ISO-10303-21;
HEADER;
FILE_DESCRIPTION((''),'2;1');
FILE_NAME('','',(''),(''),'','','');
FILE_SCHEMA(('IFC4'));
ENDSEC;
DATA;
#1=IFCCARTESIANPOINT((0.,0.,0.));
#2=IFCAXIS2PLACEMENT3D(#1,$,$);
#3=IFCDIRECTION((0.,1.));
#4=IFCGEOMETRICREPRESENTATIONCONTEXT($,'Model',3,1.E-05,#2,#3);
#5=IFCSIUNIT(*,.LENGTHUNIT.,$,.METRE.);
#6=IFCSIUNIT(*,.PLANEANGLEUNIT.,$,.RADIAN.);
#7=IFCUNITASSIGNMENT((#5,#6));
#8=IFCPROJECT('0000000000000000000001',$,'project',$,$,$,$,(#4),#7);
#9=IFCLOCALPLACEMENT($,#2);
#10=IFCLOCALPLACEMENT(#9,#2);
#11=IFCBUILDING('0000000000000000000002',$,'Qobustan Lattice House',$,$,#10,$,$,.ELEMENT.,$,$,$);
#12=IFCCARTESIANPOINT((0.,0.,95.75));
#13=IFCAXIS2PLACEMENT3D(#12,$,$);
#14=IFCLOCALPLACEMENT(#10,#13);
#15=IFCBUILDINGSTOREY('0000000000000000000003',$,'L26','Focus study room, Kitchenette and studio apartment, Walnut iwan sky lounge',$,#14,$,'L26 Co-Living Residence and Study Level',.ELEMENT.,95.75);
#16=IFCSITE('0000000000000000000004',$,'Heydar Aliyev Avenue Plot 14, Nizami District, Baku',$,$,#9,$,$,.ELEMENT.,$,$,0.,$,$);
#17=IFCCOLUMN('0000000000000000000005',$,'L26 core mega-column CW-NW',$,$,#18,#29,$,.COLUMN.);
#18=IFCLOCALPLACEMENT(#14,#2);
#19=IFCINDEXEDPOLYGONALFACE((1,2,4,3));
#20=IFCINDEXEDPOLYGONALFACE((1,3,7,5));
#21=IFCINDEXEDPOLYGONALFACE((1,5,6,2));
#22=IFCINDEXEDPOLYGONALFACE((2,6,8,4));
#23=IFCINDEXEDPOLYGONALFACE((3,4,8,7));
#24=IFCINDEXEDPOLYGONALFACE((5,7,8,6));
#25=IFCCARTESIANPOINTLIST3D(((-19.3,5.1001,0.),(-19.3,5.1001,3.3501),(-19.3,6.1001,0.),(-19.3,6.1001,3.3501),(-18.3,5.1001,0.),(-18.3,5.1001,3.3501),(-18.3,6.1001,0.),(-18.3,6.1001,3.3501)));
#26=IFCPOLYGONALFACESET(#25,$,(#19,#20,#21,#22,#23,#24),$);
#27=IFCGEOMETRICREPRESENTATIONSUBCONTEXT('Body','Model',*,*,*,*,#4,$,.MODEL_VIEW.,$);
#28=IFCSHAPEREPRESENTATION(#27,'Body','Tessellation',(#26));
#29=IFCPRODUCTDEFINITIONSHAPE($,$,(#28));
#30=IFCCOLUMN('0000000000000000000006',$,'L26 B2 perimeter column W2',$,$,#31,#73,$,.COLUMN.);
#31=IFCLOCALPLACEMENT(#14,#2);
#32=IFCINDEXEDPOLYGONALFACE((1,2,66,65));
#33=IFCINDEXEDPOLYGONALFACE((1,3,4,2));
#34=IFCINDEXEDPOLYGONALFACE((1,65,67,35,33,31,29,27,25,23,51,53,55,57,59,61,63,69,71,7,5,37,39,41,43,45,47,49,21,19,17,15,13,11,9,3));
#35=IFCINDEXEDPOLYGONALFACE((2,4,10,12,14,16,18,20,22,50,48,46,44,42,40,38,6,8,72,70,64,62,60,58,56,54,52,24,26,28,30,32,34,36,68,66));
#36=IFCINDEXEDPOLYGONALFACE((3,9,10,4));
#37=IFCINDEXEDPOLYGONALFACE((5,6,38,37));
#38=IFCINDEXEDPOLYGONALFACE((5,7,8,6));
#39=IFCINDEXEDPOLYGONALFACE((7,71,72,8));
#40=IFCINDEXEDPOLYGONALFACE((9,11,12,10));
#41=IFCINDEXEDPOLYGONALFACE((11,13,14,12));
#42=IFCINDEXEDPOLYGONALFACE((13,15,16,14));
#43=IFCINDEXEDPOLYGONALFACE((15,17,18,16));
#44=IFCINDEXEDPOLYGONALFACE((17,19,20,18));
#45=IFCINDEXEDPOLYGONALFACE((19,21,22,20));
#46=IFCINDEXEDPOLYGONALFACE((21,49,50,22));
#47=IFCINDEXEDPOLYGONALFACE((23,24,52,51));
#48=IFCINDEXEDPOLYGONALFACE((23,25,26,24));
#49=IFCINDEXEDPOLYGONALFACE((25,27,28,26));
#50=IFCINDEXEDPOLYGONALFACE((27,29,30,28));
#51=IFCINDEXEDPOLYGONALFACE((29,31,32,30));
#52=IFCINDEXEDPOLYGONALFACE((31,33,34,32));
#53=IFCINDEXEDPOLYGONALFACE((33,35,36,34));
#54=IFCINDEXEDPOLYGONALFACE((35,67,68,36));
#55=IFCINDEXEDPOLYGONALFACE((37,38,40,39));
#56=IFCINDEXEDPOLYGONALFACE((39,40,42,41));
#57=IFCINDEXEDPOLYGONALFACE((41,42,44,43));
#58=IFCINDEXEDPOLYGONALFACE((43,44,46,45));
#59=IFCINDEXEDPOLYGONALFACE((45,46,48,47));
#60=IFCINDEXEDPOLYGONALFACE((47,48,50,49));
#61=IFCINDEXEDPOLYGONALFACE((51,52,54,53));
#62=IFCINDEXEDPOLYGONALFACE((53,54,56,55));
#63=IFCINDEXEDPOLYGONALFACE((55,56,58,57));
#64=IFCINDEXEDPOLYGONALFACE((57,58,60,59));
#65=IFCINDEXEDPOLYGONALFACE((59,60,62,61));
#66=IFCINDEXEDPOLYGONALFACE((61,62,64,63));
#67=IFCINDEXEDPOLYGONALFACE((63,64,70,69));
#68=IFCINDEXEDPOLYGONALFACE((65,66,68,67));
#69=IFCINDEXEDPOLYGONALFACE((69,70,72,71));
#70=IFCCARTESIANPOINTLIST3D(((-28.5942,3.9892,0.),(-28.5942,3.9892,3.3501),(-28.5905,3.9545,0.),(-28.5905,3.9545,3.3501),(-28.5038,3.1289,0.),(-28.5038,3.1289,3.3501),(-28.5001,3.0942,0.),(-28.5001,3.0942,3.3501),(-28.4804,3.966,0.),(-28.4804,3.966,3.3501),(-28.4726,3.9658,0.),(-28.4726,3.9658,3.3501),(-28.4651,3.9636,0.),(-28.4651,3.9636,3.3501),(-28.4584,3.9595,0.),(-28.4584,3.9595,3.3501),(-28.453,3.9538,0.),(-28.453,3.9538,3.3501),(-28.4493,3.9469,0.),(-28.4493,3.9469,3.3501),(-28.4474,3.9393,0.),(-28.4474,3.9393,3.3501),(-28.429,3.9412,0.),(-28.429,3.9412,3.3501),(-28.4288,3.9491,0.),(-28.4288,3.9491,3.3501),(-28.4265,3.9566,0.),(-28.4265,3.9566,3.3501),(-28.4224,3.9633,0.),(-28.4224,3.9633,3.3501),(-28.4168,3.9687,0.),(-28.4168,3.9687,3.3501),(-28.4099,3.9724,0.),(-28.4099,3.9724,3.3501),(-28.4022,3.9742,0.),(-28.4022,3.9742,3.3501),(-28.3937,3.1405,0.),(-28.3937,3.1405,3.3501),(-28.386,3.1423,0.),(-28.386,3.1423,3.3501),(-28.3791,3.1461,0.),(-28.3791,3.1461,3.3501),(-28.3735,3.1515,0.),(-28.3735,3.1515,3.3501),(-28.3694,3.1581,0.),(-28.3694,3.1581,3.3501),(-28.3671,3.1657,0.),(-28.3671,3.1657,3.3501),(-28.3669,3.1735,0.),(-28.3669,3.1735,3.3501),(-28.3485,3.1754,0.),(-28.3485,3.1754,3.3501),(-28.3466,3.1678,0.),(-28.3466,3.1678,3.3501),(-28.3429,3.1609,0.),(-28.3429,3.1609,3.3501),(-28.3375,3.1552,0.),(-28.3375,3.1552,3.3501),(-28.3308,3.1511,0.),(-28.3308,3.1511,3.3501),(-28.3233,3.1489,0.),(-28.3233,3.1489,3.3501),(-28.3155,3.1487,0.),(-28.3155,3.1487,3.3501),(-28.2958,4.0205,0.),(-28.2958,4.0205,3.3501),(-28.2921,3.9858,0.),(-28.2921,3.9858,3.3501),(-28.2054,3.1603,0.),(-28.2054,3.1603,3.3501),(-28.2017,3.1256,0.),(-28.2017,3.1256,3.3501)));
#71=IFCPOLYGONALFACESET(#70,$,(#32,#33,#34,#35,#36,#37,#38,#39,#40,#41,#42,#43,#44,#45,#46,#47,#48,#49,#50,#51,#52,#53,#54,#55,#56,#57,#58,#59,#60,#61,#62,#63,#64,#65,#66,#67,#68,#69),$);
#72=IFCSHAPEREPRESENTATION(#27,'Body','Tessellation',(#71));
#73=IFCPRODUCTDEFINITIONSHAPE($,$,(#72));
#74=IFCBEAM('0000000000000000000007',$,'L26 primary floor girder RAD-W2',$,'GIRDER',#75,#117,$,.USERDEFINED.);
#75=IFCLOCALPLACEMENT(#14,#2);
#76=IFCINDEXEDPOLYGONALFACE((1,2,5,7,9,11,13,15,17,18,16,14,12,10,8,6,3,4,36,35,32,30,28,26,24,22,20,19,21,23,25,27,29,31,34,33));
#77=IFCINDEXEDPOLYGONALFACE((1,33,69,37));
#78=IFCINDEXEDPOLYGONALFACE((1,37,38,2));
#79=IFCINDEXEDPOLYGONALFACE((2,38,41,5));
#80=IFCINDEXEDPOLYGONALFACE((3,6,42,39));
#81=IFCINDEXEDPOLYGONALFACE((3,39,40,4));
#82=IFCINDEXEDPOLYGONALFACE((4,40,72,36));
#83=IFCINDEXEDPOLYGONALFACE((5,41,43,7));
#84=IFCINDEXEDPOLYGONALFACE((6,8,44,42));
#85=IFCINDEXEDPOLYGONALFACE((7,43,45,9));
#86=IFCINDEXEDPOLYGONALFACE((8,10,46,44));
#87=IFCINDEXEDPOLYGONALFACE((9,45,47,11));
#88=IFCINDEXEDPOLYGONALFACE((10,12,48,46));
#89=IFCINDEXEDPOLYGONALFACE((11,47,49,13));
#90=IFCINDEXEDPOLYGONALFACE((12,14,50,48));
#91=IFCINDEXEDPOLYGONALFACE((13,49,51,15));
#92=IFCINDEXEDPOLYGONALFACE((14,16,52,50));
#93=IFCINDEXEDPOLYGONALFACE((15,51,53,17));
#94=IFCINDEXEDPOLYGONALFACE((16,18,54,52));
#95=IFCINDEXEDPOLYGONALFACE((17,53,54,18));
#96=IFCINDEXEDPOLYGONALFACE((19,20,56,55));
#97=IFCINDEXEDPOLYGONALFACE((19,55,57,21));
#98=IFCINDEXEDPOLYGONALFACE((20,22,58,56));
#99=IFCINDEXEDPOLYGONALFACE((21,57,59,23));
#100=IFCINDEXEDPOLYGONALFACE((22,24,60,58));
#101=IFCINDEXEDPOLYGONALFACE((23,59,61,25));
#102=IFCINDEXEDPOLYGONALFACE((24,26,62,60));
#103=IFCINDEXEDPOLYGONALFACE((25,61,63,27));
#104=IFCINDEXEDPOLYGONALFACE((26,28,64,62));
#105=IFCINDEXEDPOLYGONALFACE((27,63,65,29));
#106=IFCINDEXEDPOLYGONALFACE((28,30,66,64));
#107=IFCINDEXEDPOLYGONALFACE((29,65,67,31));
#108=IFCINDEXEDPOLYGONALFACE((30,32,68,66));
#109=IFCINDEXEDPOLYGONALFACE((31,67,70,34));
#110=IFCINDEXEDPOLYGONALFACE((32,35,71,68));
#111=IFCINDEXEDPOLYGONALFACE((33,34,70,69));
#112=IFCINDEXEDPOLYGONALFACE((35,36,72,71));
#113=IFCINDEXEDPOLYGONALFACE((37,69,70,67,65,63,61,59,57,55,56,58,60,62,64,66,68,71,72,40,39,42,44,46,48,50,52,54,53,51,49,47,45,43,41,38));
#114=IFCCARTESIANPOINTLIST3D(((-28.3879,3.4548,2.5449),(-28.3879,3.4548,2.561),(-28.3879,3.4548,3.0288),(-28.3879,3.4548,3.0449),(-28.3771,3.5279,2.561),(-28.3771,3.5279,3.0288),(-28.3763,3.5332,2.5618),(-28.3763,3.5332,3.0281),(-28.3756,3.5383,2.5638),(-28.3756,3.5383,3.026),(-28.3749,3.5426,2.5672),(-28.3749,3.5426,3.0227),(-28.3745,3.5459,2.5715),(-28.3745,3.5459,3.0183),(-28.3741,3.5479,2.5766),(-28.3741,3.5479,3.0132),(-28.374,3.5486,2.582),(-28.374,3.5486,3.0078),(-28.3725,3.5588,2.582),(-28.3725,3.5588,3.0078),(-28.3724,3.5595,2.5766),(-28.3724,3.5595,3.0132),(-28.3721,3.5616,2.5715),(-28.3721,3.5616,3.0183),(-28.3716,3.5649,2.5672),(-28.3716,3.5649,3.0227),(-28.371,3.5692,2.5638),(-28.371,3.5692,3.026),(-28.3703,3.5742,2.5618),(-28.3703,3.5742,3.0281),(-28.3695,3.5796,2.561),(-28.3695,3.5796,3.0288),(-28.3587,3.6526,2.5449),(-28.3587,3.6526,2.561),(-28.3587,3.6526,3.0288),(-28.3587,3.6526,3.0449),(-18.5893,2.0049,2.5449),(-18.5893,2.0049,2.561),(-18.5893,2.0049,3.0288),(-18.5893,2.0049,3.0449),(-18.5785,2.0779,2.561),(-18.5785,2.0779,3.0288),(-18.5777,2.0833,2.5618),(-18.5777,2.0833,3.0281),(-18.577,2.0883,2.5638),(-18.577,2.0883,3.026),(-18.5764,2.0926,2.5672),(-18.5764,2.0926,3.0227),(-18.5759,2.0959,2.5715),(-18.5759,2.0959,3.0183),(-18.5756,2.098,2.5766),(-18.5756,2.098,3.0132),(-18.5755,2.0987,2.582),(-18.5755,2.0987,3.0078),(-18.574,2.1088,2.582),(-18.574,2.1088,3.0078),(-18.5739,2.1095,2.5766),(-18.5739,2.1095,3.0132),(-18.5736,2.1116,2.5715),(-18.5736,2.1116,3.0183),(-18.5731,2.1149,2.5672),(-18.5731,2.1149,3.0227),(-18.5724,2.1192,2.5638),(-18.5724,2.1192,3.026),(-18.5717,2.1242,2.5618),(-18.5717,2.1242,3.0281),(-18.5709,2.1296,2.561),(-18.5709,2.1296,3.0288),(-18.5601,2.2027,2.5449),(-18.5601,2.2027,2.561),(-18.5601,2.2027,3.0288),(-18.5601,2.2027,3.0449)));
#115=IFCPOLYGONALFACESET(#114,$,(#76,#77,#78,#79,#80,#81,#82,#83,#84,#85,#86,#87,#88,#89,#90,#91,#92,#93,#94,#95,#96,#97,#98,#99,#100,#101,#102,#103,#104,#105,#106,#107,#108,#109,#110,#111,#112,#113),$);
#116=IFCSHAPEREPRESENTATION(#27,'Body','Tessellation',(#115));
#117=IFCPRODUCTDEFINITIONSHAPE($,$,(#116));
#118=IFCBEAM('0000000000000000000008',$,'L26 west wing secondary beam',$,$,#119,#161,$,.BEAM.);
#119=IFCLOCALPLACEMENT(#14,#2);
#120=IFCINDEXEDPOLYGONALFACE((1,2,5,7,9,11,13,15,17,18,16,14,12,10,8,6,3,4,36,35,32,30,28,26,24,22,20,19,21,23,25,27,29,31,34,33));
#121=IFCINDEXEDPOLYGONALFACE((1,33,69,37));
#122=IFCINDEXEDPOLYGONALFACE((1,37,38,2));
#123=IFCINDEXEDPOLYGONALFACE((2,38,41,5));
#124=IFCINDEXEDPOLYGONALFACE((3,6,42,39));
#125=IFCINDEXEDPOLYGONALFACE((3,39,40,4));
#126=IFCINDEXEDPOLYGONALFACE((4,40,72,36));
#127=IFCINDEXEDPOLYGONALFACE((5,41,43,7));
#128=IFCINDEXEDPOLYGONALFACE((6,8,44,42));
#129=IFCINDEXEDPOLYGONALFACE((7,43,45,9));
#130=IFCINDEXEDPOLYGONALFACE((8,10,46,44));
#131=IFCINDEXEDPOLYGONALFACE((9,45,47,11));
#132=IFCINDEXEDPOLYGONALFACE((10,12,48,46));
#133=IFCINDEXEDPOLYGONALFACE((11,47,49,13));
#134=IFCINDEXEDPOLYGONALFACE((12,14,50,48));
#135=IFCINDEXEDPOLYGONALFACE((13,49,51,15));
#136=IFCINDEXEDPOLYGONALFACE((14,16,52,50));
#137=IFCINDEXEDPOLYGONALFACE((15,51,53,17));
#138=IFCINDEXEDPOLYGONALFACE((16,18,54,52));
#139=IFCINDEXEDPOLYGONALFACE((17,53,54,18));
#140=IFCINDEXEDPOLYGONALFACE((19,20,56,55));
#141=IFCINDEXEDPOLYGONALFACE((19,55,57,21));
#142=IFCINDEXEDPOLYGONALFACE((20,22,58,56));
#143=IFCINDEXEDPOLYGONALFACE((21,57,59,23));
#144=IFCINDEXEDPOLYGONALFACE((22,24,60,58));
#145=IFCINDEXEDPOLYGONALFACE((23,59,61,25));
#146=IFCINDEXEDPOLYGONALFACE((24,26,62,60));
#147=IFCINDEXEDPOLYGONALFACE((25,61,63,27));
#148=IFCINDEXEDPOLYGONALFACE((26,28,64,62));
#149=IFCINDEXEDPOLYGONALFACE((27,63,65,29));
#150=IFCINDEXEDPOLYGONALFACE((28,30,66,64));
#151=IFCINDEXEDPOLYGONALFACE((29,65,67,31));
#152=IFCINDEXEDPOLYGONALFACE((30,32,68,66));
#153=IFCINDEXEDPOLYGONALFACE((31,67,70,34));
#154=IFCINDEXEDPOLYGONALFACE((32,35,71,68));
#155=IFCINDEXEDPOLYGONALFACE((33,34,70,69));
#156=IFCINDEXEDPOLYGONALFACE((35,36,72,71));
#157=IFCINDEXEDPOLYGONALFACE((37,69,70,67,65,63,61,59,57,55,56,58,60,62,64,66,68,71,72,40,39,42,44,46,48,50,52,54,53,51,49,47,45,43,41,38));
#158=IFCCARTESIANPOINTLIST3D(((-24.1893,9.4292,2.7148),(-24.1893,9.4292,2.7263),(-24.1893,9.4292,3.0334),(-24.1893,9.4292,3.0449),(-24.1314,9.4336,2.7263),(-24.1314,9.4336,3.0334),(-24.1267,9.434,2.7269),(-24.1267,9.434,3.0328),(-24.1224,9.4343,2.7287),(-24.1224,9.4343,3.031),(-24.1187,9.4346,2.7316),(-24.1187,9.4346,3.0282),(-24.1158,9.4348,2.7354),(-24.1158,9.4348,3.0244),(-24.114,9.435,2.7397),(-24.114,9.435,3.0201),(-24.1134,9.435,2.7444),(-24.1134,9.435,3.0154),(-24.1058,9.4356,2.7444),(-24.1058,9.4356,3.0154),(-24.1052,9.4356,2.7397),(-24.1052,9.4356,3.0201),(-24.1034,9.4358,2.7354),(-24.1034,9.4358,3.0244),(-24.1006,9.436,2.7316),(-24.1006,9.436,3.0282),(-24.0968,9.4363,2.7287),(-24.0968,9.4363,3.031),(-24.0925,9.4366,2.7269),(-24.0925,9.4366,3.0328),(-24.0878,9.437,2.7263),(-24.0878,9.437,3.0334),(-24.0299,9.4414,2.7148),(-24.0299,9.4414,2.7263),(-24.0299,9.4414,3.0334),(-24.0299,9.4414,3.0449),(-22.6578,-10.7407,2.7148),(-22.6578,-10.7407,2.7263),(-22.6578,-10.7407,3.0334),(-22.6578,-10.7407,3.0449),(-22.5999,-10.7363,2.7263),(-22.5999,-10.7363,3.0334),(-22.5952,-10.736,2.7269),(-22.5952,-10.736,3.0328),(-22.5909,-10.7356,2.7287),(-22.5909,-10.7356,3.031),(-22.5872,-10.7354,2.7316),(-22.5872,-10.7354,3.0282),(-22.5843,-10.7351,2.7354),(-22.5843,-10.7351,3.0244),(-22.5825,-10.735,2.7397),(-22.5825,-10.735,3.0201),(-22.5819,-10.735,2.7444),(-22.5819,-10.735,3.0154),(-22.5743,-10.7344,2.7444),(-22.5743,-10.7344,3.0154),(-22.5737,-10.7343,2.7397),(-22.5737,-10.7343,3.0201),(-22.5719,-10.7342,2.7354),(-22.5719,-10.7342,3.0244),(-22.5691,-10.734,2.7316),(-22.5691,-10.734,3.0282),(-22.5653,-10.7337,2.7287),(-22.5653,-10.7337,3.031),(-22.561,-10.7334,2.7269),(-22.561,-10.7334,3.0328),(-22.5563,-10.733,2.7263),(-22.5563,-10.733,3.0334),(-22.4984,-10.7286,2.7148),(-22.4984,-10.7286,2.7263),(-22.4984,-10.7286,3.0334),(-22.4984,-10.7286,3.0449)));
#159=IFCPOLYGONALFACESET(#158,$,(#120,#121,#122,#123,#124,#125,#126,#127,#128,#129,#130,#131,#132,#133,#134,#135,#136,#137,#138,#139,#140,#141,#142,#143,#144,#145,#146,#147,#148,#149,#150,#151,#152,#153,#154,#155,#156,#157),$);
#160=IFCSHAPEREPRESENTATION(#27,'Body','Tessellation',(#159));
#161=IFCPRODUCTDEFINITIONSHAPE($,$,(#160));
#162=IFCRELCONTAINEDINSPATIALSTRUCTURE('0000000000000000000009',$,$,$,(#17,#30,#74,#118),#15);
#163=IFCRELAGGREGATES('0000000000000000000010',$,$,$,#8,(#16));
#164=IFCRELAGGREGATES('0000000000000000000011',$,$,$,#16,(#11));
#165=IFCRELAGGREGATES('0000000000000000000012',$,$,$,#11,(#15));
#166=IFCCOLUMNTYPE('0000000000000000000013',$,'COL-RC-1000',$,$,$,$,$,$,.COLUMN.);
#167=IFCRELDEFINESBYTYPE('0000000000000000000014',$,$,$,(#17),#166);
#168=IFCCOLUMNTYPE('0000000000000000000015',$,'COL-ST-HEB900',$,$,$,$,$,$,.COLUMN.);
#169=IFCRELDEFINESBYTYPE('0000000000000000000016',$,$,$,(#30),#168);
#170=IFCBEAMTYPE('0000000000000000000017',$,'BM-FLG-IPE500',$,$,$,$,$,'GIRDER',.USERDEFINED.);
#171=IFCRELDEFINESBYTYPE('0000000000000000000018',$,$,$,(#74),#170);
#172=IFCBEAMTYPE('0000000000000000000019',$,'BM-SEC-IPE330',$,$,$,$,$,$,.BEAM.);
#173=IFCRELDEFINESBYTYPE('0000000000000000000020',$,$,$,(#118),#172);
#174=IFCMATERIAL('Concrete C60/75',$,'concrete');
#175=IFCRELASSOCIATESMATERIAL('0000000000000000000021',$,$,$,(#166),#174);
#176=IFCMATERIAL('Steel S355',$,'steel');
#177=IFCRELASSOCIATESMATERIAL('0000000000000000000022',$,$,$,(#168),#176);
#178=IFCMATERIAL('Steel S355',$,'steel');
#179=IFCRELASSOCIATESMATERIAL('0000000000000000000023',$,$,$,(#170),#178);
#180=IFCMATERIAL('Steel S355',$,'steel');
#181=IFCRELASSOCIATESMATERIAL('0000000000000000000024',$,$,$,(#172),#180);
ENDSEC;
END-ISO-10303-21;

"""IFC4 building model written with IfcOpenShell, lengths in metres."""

from ifc_helpers import new_model, si_unit, direction, frame, origin, origin_2d, place, context, subcontext, project, spatial, rectangle, i_section, extrude, material, material_profile, profile_set, type_object, element, save


model = new_model("IFC4")

# Units and contexts
model_context = context("Model", 3, precision=1e-05, world=origin(), true_north=direction((0.0, 1.0)))
body_context = subcontext(model_context, "Body", "Model", "MODEL_VIEW")
ifc_project = project(units=[si_unit("LENGTHUNIT", "METRE"), si_unit("PLANEANGLEUNIT", "RADIAN")], contexts=[model_context])

# Site, building, storey
site_placement = place(None, origin())
site = spatial("IfcSite", under=ifc_project, at=site_placement, Name="Heydar Aliyev Avenue Plot 14, Nizami District, Baku", CompositionType="ELEMENT", RefElevation=0.0)
building_placement = place(site_placement, origin())
building = spatial("IfcBuilding", under=site, at=building_placement, Name="Qobustan Lattice House", CompositionType="ELEMENT")
storey_placement = place(building_placement, frame((0.0, 0.0, 95.75)))
storey = spatial("IfcBuildingStorey", under=building, at=storey_placement, Name="L26", Description="Focus study room, Kitchenette and studio apartment, Walnut iwan sky lounge", LongName="L26 Co-Living Residence and Study Level", CompositionType="ELEMENT", Elevation=95.75)

# Columns
ifc_material_1 = material(Name="Concrete C60/75", Category="concrete")
ifc_material_profile_1 = material_profile(ifc_material_1, rectangle(XDim=1.0, YDim=1.0, at=origin_2d()), Name="RC1000x1000")
ifc_profile_set_1 = profile_set([ifc_material_profile_1], Name="Concrete C60/75")
column_type_1 = type_object("IfcColumnType", Name="COL-RC-1000", PredefinedType="COLUMN", material=ifc_profile_set_1)
column_1_placement = place(storey_placement, frame((-18.8, 5.6001, 0.0), z_axis=(0.0, 0.0, 1.0), x_axis=(1.0, 0.0, 0.0)))
element("IfcColumn", 1, at=column_1_placement, inside=storey, type_object=column_type_1, Name="L26 core mega-column CW-NW", PredefinedType="COLUMN", context=body_context, shape_type="SweptSolid", body=[
    extrude(rectangle(XDim=1.0, YDim=1.0, at=origin_2d()), origin(), (0.0, 0.0, 1.0), 3.3501),
])
ifc_material_2 = material(Name="Steel S355", Category="steel")
ifc_material_profile_2 = material_profile(ifc_material_2, i_section(OverallWidth=0.3, OverallDepth=0.8999, WebThickness=0.0186, FlangeThickness=0.0349, FilletRadius=0.03, at=origin_2d()), Name="HEB900")
ifc_profile_set_2 = profile_set([ifc_material_profile_2], Name="Steel S355")
column_type_2 = type_object("IfcColumnType", Name="COL-ST-HEB900", PredefinedType="COLUMN", material=ifc_profile_set_2)
column_2_placement = place(storey_placement, frame((-28.3979, 3.5574, 0.0), z_axis=(0.0, 0.0, 1.0), x_axis=(0.994522, 0.104528, 0.0)))
element("IfcColumn", 2, at=column_2_placement, inside=storey, type_object=column_type_2, Name="L26 B2 perimeter column W2", PredefinedType="COLUMN", context=body_context, shape_type="SweptSolid", body=[
    extrude(i_section(OverallWidth=0.3, OverallDepth=0.8999, WebThickness=0.0186, FlangeThickness=0.0349, FilletRadius=0.03, at=origin_2d()), origin(), (0.0, 0.0, 1.0), 3.3501),
])

# Beams
ifc_material_3 = material(Name="Steel S355", Category="steel")
ifc_material_profile_3 = material_profile(ifc_material_3, i_section(OverallWidth=0.2, OverallDepth=0.5, WebThickness=0.0103, FlangeThickness=0.0161, FilletRadius=0.021, at=origin_2d()), Name="IPE500")
ifc_profile_set_3 = profile_set([ifc_material_profile_3], Name="Steel S355")
beam_type_1 = type_object("IfcBeamType", Name="BM-FLG-IPE500", ElementType="GIRDER", PredefinedType="USERDEFINED", material=ifc_profile_set_3)
beam_1_placement = place(storey_placement, frame((-28.3733, 3.5537, 2.7949), z_axis=(0.989228, -0.146382, 0.0), x_axis=(0.146382, 0.989228, 0.0)))
element("IfcBeam", 3, at=beam_1_placement, inside=storey, type_object=beam_type_1, Name="L26 primary floor girder RAD-W2", ObjectType="GIRDER", PredefinedType="USERDEFINED", context=body_context, shape_type="SweptSolid", body=[
    extrude(i_section(OverallWidth=0.2, OverallDepth=0.5, WebThickness=0.0103, FlangeThickness=0.0161, FilletRadius=0.021, at=origin_2d()), origin(), (0.0, 0.0, 1.0), 9.9053),
])
ifc_material_4 = material(Name="Steel S355", Category="steel")
ifc_material_profile_4 = material_profile(ifc_material_4, i_section(OverallWidth=0.1599, OverallDepth=0.3301, WebThickness=0.0076, FlangeThickness=0.0115, FilletRadius=0.0181, at=origin_2d()), Name="IPE330")
ifc_profile_set_4 = profile_set([ifc_material_profile_4], Name="Steel S355")
beam_type_2 = type_object("IfcBeamType", Name="BM-SEC-IPE330", PredefinedType="BEAM", material=ifc_profile_set_4)
beam_2_placement = place(storey_placement, frame((-24.1096, 9.4353, 2.8799), z_axis=(0.075712, -0.99713, 0.0), x_axis=(0.99713, 0.075712, 0.0)))
element("IfcBeam", 4, at=beam_2_placement, inside=storey, type_object=beam_type_2, Name="L26 west wing secondary beam", PredefinedType="BEAM", context=body_context, shape_type="SweptSolid", body=[
    extrude(i_section(OverallWidth=0.1599, OverallDepth=0.3301, WebThickness=0.0076, FlangeThickness=0.0115, FilletRadius=0.0181, at=origin_2d()), origin(), (0.0, 0.0, 1.0), 20.228),
])

save(model, "model.ifc")
